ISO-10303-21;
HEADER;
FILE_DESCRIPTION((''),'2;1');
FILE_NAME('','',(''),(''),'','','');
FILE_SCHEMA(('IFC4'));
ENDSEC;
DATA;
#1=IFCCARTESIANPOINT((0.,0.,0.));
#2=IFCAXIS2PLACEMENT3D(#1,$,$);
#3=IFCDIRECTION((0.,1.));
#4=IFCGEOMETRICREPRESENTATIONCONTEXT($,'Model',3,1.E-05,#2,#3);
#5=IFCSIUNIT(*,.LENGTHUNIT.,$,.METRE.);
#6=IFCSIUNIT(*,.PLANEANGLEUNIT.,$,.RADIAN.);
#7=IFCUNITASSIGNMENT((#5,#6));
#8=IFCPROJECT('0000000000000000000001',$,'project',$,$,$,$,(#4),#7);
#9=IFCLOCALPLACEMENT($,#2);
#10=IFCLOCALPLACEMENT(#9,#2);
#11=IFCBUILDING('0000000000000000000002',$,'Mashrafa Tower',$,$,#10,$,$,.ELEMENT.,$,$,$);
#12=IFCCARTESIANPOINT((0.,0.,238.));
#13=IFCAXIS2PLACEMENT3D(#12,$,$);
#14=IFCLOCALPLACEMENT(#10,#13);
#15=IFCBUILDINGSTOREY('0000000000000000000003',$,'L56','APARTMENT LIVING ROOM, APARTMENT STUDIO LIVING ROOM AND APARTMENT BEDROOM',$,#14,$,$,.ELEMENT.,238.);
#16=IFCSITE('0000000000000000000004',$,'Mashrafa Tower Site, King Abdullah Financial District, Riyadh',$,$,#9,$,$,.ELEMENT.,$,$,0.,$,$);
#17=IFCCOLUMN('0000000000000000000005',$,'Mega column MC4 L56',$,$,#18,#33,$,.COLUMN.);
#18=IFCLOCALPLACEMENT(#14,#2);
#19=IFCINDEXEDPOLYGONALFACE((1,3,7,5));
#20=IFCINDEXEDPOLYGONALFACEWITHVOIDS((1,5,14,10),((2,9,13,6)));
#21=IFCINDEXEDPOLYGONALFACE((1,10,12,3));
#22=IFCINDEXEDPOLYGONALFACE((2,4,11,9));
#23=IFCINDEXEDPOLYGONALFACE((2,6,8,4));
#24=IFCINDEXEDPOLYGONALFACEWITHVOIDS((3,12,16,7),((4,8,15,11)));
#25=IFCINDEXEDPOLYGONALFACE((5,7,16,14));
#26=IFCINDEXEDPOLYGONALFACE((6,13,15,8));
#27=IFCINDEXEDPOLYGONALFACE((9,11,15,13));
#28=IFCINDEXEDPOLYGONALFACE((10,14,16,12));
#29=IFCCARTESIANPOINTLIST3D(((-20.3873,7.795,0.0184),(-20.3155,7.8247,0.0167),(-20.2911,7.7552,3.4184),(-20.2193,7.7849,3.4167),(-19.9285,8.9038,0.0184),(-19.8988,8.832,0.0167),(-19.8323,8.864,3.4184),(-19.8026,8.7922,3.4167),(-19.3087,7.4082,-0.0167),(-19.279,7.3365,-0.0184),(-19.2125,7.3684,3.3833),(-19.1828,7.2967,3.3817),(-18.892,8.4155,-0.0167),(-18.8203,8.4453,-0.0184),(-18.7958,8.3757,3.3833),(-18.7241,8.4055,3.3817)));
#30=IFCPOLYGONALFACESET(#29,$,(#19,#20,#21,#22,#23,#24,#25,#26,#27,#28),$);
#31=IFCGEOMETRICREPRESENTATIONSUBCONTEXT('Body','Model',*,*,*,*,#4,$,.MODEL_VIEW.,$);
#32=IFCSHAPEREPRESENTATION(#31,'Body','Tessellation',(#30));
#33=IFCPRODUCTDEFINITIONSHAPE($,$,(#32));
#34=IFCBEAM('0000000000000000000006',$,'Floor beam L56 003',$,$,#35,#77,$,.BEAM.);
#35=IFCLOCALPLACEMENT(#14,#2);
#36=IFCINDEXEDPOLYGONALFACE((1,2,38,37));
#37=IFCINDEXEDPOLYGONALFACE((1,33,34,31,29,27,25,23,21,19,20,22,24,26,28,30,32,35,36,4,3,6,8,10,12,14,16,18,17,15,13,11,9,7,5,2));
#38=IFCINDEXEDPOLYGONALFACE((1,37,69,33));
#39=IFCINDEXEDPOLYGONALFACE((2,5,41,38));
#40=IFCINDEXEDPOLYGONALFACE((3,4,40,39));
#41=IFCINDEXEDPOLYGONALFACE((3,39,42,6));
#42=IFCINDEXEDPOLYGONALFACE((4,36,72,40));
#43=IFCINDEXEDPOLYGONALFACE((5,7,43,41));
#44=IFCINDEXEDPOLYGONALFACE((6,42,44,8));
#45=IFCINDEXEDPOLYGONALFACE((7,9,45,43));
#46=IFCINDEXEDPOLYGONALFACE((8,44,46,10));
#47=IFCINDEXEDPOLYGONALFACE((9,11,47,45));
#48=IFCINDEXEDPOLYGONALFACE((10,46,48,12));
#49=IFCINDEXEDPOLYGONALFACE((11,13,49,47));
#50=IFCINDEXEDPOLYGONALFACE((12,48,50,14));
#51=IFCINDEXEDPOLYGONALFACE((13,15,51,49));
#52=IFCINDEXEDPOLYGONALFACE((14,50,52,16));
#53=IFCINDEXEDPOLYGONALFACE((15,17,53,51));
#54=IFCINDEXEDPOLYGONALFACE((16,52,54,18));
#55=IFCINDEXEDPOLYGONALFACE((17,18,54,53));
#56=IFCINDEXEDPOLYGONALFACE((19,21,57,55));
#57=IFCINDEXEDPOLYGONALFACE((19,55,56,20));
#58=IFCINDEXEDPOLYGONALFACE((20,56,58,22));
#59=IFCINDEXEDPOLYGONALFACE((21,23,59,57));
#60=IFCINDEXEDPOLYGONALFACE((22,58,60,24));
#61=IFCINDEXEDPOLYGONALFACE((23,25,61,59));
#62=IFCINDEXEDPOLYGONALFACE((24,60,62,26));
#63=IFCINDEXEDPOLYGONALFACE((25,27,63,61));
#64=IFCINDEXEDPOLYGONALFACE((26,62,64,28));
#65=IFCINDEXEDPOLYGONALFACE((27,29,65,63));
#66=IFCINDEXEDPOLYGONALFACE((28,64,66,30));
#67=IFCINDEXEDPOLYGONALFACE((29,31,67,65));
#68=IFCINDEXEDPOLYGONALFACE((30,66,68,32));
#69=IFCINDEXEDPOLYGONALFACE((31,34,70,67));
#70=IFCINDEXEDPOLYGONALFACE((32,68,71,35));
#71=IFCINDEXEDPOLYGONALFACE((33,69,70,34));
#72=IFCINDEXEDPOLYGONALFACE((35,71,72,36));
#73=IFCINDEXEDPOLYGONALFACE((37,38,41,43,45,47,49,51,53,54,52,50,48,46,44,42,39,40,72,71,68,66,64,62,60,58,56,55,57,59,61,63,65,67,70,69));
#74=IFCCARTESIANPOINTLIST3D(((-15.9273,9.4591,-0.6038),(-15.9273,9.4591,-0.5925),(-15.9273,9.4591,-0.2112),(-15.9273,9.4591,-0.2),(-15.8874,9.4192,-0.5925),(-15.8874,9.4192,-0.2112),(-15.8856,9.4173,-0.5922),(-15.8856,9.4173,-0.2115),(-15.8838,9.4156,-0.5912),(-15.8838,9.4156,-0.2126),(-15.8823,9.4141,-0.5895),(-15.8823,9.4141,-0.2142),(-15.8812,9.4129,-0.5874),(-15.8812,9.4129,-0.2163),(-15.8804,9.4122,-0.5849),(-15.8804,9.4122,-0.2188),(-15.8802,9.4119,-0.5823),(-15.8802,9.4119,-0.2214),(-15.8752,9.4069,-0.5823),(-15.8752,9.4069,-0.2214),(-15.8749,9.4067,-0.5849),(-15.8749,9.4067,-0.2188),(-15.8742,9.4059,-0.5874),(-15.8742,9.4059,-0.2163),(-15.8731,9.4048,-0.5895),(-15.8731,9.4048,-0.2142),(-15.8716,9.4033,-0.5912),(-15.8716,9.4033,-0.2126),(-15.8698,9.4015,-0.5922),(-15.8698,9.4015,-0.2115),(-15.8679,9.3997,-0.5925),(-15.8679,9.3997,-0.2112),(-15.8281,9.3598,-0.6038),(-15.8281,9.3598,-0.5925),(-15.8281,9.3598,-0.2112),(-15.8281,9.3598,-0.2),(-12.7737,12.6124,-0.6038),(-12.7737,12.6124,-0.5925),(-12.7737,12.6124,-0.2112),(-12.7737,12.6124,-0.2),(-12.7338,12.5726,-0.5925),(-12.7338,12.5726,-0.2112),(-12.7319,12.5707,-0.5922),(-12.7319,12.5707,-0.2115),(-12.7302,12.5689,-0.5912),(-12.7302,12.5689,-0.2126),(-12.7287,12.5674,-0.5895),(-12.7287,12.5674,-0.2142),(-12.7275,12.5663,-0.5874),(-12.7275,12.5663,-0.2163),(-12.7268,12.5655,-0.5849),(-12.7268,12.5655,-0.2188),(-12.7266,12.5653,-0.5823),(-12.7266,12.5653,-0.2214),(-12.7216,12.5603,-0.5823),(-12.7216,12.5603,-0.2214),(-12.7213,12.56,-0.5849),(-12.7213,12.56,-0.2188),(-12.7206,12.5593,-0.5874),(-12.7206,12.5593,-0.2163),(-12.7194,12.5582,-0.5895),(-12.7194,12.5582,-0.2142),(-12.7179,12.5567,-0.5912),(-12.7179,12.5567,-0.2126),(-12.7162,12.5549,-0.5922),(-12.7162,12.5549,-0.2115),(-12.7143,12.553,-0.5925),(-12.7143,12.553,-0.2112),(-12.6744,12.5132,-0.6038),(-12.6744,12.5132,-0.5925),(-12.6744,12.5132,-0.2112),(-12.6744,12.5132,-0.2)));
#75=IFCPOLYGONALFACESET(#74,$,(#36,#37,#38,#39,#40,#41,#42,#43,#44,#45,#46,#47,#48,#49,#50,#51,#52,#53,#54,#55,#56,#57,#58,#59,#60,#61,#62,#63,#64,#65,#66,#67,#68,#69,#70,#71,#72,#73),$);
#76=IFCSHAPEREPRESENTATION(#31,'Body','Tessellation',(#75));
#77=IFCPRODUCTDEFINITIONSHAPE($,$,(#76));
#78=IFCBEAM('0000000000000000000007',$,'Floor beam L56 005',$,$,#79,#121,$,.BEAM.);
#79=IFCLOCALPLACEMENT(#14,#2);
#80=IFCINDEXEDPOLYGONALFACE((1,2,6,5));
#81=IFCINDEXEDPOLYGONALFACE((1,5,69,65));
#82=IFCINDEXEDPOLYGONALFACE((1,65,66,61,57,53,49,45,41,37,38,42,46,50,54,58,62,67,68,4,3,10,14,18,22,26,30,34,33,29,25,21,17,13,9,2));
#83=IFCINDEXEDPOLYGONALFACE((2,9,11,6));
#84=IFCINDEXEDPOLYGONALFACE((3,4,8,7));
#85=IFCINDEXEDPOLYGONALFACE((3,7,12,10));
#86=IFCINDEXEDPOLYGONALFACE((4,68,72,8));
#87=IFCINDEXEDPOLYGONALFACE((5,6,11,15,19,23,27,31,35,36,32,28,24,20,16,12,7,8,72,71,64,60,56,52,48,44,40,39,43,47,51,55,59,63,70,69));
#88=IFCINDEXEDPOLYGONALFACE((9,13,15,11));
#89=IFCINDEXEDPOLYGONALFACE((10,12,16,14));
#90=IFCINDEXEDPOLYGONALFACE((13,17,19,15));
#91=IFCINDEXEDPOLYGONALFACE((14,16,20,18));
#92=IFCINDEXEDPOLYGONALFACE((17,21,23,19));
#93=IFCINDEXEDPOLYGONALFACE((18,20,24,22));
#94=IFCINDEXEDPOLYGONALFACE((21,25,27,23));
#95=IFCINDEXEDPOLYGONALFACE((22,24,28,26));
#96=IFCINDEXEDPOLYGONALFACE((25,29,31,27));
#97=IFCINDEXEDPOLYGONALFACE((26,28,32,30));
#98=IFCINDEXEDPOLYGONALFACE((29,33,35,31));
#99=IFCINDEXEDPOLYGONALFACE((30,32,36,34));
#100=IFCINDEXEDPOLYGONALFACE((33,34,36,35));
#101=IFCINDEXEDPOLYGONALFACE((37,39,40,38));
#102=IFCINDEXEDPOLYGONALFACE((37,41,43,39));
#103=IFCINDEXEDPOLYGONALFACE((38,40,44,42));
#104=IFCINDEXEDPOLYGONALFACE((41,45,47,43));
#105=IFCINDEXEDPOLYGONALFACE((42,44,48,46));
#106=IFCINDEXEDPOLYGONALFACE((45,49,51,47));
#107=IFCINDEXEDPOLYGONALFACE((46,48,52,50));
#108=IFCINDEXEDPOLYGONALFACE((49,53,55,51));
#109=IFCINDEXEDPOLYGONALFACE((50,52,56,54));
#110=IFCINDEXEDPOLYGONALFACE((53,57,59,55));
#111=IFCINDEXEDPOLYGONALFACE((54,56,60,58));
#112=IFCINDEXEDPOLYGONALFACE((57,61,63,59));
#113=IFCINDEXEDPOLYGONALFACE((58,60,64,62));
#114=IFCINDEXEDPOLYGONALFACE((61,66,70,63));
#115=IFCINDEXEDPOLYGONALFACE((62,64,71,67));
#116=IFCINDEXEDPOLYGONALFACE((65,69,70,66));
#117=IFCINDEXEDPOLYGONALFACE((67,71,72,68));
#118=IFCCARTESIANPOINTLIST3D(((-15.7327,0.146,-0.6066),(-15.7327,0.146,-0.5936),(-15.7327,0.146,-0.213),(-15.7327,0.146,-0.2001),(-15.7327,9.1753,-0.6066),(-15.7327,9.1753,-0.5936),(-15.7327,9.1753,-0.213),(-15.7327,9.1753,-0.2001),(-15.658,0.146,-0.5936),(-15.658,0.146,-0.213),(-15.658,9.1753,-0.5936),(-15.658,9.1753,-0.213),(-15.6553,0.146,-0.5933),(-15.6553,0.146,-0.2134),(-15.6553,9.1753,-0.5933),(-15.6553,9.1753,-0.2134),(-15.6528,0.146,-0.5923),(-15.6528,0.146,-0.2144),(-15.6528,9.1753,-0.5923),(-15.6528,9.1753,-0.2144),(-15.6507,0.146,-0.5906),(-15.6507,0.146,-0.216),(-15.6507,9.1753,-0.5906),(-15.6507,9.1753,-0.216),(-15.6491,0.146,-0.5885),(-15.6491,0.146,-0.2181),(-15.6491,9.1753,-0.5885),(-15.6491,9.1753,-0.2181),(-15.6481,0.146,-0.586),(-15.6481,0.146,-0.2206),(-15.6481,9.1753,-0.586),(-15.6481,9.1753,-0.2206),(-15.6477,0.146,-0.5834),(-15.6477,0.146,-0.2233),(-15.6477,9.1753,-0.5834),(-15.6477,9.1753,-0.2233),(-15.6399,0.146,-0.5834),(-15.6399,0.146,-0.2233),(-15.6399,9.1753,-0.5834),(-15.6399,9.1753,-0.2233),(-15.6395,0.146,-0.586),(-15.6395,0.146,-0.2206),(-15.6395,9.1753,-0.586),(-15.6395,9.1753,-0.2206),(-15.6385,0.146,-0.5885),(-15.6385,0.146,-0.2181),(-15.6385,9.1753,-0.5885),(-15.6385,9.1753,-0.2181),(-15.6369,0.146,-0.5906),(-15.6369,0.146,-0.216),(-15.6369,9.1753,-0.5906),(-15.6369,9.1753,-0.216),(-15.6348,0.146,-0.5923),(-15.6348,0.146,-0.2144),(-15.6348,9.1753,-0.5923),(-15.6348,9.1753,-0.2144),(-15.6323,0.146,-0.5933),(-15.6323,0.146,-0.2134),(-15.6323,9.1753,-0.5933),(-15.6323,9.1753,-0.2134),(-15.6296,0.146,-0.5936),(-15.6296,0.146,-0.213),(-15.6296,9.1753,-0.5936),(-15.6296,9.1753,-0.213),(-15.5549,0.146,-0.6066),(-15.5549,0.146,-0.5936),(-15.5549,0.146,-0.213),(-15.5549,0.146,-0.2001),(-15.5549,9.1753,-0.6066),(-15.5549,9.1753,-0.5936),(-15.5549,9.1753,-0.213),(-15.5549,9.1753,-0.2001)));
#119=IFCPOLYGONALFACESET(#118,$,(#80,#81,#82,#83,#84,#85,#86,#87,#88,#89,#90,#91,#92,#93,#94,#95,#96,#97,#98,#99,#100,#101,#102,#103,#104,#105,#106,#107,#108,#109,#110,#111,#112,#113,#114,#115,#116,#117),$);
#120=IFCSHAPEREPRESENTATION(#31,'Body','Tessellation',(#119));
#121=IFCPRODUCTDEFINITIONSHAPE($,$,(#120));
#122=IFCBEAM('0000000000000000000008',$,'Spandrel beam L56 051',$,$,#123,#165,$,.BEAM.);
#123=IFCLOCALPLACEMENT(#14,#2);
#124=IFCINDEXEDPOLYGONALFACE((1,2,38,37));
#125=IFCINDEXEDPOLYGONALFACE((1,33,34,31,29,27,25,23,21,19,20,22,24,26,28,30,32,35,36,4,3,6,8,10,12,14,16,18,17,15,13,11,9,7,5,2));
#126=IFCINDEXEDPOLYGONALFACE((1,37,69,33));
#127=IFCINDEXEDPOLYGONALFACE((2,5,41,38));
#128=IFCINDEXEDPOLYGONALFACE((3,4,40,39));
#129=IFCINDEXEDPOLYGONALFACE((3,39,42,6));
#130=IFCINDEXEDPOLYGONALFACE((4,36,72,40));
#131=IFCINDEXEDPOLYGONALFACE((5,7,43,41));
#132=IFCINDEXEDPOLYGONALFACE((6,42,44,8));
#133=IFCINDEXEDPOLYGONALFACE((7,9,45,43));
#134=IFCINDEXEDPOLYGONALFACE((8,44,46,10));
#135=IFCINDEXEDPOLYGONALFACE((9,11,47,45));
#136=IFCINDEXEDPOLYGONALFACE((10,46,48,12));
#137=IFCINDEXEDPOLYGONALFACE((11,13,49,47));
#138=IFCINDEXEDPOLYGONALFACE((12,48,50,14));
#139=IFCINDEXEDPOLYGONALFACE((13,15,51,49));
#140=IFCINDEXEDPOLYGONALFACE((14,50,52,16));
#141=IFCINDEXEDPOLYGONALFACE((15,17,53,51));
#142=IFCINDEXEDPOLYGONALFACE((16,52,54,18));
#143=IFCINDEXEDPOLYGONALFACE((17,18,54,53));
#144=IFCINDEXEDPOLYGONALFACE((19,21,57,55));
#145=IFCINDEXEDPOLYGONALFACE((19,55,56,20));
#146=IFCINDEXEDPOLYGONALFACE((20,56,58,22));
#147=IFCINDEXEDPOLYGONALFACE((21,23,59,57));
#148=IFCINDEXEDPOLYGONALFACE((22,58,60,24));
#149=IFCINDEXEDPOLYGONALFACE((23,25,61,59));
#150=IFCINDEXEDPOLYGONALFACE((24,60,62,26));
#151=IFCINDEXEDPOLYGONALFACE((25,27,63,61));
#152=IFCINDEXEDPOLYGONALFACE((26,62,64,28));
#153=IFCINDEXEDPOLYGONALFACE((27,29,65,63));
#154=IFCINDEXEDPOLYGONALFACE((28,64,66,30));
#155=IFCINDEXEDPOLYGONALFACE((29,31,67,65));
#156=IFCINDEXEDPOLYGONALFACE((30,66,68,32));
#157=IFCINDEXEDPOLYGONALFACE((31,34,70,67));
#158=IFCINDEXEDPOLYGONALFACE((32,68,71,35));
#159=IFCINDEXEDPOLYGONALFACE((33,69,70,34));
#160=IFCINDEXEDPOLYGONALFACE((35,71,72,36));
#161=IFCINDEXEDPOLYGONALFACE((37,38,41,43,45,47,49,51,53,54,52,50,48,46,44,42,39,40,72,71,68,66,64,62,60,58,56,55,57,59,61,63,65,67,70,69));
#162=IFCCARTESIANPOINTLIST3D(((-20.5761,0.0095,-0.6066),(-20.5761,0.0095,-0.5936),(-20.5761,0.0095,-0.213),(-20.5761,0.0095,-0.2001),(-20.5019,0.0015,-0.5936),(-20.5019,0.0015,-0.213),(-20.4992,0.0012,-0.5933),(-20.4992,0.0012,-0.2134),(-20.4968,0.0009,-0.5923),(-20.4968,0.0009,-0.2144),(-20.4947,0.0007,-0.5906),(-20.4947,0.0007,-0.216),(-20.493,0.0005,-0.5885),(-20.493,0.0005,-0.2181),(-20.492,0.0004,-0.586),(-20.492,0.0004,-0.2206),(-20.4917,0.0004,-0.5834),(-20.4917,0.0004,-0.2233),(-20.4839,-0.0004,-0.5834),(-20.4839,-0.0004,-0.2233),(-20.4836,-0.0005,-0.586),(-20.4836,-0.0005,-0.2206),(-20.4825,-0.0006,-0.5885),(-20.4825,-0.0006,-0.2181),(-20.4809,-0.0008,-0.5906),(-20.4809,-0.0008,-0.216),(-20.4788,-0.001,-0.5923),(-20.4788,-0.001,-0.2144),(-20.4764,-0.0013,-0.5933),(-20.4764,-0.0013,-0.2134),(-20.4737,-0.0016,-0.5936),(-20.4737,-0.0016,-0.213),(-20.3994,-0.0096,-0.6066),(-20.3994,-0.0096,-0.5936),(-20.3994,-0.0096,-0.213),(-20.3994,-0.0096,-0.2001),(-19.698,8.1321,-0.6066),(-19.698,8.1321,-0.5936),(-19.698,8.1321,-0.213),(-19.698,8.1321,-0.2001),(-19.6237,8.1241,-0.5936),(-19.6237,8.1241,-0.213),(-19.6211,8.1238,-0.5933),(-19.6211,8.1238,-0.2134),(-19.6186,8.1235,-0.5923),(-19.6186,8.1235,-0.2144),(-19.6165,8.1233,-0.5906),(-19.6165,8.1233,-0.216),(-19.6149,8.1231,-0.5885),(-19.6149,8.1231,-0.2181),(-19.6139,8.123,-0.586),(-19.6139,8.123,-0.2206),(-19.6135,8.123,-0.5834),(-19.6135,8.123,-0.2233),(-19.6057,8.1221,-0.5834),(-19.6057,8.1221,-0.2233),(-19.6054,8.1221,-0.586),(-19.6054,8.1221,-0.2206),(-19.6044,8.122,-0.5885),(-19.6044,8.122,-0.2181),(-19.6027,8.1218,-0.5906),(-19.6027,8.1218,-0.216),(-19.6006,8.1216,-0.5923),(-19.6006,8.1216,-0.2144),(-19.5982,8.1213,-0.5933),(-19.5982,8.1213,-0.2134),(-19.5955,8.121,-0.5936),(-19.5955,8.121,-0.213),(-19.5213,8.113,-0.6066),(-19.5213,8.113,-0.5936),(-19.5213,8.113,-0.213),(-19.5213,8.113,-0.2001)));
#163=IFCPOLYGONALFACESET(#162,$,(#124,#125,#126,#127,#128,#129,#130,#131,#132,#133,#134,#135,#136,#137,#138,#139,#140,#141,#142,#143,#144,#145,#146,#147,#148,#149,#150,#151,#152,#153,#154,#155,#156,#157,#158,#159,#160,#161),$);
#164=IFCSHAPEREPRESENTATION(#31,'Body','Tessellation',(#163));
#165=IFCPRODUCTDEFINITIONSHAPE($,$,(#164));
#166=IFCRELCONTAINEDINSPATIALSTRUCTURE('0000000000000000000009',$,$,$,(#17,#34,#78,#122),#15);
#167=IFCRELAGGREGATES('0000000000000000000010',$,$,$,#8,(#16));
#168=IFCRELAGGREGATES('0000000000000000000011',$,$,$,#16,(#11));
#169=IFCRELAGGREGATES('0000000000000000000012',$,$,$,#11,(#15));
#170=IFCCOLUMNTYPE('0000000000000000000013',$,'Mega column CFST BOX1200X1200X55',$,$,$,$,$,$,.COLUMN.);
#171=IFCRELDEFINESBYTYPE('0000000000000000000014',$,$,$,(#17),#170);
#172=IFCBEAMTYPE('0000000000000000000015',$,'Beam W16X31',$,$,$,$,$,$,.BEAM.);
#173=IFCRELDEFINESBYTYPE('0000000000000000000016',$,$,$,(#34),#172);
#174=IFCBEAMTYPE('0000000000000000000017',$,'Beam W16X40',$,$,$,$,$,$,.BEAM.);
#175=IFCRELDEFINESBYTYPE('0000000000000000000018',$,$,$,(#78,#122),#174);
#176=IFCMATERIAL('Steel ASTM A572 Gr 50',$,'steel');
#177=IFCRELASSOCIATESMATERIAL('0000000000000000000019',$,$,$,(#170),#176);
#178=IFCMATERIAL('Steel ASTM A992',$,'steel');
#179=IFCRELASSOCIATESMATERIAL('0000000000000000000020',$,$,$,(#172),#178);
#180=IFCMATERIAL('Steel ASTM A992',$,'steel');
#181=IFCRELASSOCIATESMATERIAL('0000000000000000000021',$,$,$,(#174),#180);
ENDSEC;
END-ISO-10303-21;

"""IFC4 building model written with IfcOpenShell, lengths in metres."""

from ifc_helpers import new_model, si_unit, direction, frame, origin, origin_2d, place, context, subcontext, project, spatial, hollow_rectangle, i_section, extrude, material, material_profile, profile_set, type_object, element, save


model = new_model("IFC4")

# Units and contexts
model_context = context("Model", 3, precision=1e-05, world=origin(), true_north=direction((0.0, 1.0)))
body_context = subcontext(model_context, "Body", "Model", "MODEL_VIEW")
ifc_project = project(units=[si_unit("LENGTHUNIT", "METRE"), si_unit("PLANEANGLEUNIT", "RADIAN")], contexts=[model_context])

# Site, building, storey
site_placement = place(None, origin())
site = spatial("IfcSite", under=ifc_project, at=site_placement, Name="Mashrafa Tower Site, King Abdullah Financial District, Riyadh", CompositionType="ELEMENT", RefElevation=0.0)
building_placement = place(site_placement, origin())
building = spatial("IfcBuilding", under=site, at=building_placement, Name="Mashrafa Tower", CompositionType="ELEMENT")
storey_placement = place(building_placement, frame((0.0, 0.0, 238.0)))
storey = spatial("IfcBuildingStorey", under=building, at=storey_placement, Name="L56", Description="APARTMENT LIVING ROOM, APARTMENT STUDIO LIVING ROOM AND APARTMENT BEDROOM", CompositionType="ELEMENT", Elevation=238.0)

# Column
ifc_material_1 = material(Name="Steel ASTM A572 Gr 50", Category="steel")
ifc_material_profile_1 = material_profile(ifc_material_1, hollow_rectangle(XDim=1.2, YDim=1.2, WallThickness=0.0549, at=origin_2d()), Name="BOX1200X1200X55")
ifc_profile_set_1 = profile_set([ifc_material_profile_1], Name="Steel ASTM A572 Gr 50")
column_type = type_object("IfcColumnType", Name="Mega column CFST BOX1200X1200X55", PredefinedType="COLUMN", material=ifc_profile_set_1)
column_placement = place(storey_placement, frame((-19.6038, 8.1201, 0.0), z_axis=(0.028279, -0.011699, 0.999532), x_axis=(0.382283, 0.924045, 0.0)))
element("IfcColumn", 1, at=column_placement, inside=storey, type_object=column_type, Name="Mega column MC4 L56", PredefinedType="COLUMN", context=body_context, shape_type="SweptSolid", body=[
    extrude(hollow_rectangle(XDim=1.2, YDim=1.2, WallThickness=0.0549, at=origin_2d()), origin(), (0.0, 0.0, 1.0), 3.4016),
])

# Beams
ifc_material_2 = material(Name="Steel ASTM A992", Category="steel")
ifc_material_profile_2 = material_profile(ifc_material_2, i_section(OverallWidth=0.1404, OverallDepth=0.4038, WebThickness=0.0071, FlangeThickness=0.0112, FilletRadius=0.0103, at=origin_2d()), Name="W16X31")
ifc_profile_set_2 = profile_set([ifc_material_profile_2], Name="Steel ASTM A992")
beam_type_1 = type_object("IfcBeamType", Name="Beam W16X31", PredefinedType="BEAM", material=ifc_profile_set_2)
beam_1_placement = place(storey_placement, frame((-15.8777, 9.4094, -0.4019), z_axis=(0.707134, 0.707079, 0.0), x_axis=(-0.707079, 0.707134, 0.0)))
element("IfcBeam", 2, at=beam_1_placement, inside=storey, type_object=beam_type_1, Name="Floor beam L56 003", PredefinedType="BEAM", context=body_context, shape_type="SweptSolid", body=[
    extrude(i_section(OverallWidth=0.1404, OverallDepth=0.4038, WebThickness=0.0071, FlangeThickness=0.0112, FilletRadius=0.0103, at=origin_2d()), origin(), (0.0, 0.0, 1.0), 4.4597),
])
ifc_material_3 = material(Name="Steel ASTM A992", Category="steel")
ifc_material_profile_3 = material_profile(ifc_material_3, i_section(OverallWidth=0.1777, OverallDepth=0.4065, WebThickness=0.0078, FlangeThickness=0.0129, FilletRadius=0.0103, at=origin_2d()), Name="W16X40")
ifc_profile_set_3 = profile_set([ifc_material_profile_3], Name="Steel ASTM A992")
beam_type_2 = type_object("IfcBeamType", Name="Beam W16X40", PredefinedType="BEAM", material=ifc_profile_set_3)
beam_2_placement = place(storey_placement, frame((-15.6438, 0.146, -0.4033), z_axis=(0.0, 1.0, 0.0), x_axis=(-1.0, 0.0, 0.0)))
element("IfcBeam", 3, at=beam_2_placement, inside=storey, type_object=beam_type_2, Name="Floor beam L56 005", PredefinedType="BEAM", context=body_context, shape_type="SweptSolid", body=[
    extrude(i_section(OverallWidth=0.1777, OverallDepth=0.4065, WebThickness=0.0078, FlangeThickness=0.0129, FilletRadius=0.0103, at=origin_2d()), origin(), (0.0, 0.0, 1.0), 9.0293),
])
beam_3_placement = place(storey_placement, frame((-19.6096, 8.1226, -0.4033), z_axis=(-0.107489, -0.994206, 0.0), x_axis=(0.994206, -0.107489, 0.0)))
element("IfcBeam", 4, at=beam_3_placement, inside=storey, type_object=beam_type_2, Name="Spandrel beam L56 051", PredefinedType="BEAM", context=body_context, shape_type="SweptSolid", body=[
    extrude(i_section(OverallWidth=0.1777, OverallDepth=0.4065, WebThickness=0.0078, FlangeThickness=0.0129, FilletRadius=0.0103, at=origin_2d()), origin(), (0.0, 0.0, 1.0), 8.1699),
])

save(model, "model.ifc")
